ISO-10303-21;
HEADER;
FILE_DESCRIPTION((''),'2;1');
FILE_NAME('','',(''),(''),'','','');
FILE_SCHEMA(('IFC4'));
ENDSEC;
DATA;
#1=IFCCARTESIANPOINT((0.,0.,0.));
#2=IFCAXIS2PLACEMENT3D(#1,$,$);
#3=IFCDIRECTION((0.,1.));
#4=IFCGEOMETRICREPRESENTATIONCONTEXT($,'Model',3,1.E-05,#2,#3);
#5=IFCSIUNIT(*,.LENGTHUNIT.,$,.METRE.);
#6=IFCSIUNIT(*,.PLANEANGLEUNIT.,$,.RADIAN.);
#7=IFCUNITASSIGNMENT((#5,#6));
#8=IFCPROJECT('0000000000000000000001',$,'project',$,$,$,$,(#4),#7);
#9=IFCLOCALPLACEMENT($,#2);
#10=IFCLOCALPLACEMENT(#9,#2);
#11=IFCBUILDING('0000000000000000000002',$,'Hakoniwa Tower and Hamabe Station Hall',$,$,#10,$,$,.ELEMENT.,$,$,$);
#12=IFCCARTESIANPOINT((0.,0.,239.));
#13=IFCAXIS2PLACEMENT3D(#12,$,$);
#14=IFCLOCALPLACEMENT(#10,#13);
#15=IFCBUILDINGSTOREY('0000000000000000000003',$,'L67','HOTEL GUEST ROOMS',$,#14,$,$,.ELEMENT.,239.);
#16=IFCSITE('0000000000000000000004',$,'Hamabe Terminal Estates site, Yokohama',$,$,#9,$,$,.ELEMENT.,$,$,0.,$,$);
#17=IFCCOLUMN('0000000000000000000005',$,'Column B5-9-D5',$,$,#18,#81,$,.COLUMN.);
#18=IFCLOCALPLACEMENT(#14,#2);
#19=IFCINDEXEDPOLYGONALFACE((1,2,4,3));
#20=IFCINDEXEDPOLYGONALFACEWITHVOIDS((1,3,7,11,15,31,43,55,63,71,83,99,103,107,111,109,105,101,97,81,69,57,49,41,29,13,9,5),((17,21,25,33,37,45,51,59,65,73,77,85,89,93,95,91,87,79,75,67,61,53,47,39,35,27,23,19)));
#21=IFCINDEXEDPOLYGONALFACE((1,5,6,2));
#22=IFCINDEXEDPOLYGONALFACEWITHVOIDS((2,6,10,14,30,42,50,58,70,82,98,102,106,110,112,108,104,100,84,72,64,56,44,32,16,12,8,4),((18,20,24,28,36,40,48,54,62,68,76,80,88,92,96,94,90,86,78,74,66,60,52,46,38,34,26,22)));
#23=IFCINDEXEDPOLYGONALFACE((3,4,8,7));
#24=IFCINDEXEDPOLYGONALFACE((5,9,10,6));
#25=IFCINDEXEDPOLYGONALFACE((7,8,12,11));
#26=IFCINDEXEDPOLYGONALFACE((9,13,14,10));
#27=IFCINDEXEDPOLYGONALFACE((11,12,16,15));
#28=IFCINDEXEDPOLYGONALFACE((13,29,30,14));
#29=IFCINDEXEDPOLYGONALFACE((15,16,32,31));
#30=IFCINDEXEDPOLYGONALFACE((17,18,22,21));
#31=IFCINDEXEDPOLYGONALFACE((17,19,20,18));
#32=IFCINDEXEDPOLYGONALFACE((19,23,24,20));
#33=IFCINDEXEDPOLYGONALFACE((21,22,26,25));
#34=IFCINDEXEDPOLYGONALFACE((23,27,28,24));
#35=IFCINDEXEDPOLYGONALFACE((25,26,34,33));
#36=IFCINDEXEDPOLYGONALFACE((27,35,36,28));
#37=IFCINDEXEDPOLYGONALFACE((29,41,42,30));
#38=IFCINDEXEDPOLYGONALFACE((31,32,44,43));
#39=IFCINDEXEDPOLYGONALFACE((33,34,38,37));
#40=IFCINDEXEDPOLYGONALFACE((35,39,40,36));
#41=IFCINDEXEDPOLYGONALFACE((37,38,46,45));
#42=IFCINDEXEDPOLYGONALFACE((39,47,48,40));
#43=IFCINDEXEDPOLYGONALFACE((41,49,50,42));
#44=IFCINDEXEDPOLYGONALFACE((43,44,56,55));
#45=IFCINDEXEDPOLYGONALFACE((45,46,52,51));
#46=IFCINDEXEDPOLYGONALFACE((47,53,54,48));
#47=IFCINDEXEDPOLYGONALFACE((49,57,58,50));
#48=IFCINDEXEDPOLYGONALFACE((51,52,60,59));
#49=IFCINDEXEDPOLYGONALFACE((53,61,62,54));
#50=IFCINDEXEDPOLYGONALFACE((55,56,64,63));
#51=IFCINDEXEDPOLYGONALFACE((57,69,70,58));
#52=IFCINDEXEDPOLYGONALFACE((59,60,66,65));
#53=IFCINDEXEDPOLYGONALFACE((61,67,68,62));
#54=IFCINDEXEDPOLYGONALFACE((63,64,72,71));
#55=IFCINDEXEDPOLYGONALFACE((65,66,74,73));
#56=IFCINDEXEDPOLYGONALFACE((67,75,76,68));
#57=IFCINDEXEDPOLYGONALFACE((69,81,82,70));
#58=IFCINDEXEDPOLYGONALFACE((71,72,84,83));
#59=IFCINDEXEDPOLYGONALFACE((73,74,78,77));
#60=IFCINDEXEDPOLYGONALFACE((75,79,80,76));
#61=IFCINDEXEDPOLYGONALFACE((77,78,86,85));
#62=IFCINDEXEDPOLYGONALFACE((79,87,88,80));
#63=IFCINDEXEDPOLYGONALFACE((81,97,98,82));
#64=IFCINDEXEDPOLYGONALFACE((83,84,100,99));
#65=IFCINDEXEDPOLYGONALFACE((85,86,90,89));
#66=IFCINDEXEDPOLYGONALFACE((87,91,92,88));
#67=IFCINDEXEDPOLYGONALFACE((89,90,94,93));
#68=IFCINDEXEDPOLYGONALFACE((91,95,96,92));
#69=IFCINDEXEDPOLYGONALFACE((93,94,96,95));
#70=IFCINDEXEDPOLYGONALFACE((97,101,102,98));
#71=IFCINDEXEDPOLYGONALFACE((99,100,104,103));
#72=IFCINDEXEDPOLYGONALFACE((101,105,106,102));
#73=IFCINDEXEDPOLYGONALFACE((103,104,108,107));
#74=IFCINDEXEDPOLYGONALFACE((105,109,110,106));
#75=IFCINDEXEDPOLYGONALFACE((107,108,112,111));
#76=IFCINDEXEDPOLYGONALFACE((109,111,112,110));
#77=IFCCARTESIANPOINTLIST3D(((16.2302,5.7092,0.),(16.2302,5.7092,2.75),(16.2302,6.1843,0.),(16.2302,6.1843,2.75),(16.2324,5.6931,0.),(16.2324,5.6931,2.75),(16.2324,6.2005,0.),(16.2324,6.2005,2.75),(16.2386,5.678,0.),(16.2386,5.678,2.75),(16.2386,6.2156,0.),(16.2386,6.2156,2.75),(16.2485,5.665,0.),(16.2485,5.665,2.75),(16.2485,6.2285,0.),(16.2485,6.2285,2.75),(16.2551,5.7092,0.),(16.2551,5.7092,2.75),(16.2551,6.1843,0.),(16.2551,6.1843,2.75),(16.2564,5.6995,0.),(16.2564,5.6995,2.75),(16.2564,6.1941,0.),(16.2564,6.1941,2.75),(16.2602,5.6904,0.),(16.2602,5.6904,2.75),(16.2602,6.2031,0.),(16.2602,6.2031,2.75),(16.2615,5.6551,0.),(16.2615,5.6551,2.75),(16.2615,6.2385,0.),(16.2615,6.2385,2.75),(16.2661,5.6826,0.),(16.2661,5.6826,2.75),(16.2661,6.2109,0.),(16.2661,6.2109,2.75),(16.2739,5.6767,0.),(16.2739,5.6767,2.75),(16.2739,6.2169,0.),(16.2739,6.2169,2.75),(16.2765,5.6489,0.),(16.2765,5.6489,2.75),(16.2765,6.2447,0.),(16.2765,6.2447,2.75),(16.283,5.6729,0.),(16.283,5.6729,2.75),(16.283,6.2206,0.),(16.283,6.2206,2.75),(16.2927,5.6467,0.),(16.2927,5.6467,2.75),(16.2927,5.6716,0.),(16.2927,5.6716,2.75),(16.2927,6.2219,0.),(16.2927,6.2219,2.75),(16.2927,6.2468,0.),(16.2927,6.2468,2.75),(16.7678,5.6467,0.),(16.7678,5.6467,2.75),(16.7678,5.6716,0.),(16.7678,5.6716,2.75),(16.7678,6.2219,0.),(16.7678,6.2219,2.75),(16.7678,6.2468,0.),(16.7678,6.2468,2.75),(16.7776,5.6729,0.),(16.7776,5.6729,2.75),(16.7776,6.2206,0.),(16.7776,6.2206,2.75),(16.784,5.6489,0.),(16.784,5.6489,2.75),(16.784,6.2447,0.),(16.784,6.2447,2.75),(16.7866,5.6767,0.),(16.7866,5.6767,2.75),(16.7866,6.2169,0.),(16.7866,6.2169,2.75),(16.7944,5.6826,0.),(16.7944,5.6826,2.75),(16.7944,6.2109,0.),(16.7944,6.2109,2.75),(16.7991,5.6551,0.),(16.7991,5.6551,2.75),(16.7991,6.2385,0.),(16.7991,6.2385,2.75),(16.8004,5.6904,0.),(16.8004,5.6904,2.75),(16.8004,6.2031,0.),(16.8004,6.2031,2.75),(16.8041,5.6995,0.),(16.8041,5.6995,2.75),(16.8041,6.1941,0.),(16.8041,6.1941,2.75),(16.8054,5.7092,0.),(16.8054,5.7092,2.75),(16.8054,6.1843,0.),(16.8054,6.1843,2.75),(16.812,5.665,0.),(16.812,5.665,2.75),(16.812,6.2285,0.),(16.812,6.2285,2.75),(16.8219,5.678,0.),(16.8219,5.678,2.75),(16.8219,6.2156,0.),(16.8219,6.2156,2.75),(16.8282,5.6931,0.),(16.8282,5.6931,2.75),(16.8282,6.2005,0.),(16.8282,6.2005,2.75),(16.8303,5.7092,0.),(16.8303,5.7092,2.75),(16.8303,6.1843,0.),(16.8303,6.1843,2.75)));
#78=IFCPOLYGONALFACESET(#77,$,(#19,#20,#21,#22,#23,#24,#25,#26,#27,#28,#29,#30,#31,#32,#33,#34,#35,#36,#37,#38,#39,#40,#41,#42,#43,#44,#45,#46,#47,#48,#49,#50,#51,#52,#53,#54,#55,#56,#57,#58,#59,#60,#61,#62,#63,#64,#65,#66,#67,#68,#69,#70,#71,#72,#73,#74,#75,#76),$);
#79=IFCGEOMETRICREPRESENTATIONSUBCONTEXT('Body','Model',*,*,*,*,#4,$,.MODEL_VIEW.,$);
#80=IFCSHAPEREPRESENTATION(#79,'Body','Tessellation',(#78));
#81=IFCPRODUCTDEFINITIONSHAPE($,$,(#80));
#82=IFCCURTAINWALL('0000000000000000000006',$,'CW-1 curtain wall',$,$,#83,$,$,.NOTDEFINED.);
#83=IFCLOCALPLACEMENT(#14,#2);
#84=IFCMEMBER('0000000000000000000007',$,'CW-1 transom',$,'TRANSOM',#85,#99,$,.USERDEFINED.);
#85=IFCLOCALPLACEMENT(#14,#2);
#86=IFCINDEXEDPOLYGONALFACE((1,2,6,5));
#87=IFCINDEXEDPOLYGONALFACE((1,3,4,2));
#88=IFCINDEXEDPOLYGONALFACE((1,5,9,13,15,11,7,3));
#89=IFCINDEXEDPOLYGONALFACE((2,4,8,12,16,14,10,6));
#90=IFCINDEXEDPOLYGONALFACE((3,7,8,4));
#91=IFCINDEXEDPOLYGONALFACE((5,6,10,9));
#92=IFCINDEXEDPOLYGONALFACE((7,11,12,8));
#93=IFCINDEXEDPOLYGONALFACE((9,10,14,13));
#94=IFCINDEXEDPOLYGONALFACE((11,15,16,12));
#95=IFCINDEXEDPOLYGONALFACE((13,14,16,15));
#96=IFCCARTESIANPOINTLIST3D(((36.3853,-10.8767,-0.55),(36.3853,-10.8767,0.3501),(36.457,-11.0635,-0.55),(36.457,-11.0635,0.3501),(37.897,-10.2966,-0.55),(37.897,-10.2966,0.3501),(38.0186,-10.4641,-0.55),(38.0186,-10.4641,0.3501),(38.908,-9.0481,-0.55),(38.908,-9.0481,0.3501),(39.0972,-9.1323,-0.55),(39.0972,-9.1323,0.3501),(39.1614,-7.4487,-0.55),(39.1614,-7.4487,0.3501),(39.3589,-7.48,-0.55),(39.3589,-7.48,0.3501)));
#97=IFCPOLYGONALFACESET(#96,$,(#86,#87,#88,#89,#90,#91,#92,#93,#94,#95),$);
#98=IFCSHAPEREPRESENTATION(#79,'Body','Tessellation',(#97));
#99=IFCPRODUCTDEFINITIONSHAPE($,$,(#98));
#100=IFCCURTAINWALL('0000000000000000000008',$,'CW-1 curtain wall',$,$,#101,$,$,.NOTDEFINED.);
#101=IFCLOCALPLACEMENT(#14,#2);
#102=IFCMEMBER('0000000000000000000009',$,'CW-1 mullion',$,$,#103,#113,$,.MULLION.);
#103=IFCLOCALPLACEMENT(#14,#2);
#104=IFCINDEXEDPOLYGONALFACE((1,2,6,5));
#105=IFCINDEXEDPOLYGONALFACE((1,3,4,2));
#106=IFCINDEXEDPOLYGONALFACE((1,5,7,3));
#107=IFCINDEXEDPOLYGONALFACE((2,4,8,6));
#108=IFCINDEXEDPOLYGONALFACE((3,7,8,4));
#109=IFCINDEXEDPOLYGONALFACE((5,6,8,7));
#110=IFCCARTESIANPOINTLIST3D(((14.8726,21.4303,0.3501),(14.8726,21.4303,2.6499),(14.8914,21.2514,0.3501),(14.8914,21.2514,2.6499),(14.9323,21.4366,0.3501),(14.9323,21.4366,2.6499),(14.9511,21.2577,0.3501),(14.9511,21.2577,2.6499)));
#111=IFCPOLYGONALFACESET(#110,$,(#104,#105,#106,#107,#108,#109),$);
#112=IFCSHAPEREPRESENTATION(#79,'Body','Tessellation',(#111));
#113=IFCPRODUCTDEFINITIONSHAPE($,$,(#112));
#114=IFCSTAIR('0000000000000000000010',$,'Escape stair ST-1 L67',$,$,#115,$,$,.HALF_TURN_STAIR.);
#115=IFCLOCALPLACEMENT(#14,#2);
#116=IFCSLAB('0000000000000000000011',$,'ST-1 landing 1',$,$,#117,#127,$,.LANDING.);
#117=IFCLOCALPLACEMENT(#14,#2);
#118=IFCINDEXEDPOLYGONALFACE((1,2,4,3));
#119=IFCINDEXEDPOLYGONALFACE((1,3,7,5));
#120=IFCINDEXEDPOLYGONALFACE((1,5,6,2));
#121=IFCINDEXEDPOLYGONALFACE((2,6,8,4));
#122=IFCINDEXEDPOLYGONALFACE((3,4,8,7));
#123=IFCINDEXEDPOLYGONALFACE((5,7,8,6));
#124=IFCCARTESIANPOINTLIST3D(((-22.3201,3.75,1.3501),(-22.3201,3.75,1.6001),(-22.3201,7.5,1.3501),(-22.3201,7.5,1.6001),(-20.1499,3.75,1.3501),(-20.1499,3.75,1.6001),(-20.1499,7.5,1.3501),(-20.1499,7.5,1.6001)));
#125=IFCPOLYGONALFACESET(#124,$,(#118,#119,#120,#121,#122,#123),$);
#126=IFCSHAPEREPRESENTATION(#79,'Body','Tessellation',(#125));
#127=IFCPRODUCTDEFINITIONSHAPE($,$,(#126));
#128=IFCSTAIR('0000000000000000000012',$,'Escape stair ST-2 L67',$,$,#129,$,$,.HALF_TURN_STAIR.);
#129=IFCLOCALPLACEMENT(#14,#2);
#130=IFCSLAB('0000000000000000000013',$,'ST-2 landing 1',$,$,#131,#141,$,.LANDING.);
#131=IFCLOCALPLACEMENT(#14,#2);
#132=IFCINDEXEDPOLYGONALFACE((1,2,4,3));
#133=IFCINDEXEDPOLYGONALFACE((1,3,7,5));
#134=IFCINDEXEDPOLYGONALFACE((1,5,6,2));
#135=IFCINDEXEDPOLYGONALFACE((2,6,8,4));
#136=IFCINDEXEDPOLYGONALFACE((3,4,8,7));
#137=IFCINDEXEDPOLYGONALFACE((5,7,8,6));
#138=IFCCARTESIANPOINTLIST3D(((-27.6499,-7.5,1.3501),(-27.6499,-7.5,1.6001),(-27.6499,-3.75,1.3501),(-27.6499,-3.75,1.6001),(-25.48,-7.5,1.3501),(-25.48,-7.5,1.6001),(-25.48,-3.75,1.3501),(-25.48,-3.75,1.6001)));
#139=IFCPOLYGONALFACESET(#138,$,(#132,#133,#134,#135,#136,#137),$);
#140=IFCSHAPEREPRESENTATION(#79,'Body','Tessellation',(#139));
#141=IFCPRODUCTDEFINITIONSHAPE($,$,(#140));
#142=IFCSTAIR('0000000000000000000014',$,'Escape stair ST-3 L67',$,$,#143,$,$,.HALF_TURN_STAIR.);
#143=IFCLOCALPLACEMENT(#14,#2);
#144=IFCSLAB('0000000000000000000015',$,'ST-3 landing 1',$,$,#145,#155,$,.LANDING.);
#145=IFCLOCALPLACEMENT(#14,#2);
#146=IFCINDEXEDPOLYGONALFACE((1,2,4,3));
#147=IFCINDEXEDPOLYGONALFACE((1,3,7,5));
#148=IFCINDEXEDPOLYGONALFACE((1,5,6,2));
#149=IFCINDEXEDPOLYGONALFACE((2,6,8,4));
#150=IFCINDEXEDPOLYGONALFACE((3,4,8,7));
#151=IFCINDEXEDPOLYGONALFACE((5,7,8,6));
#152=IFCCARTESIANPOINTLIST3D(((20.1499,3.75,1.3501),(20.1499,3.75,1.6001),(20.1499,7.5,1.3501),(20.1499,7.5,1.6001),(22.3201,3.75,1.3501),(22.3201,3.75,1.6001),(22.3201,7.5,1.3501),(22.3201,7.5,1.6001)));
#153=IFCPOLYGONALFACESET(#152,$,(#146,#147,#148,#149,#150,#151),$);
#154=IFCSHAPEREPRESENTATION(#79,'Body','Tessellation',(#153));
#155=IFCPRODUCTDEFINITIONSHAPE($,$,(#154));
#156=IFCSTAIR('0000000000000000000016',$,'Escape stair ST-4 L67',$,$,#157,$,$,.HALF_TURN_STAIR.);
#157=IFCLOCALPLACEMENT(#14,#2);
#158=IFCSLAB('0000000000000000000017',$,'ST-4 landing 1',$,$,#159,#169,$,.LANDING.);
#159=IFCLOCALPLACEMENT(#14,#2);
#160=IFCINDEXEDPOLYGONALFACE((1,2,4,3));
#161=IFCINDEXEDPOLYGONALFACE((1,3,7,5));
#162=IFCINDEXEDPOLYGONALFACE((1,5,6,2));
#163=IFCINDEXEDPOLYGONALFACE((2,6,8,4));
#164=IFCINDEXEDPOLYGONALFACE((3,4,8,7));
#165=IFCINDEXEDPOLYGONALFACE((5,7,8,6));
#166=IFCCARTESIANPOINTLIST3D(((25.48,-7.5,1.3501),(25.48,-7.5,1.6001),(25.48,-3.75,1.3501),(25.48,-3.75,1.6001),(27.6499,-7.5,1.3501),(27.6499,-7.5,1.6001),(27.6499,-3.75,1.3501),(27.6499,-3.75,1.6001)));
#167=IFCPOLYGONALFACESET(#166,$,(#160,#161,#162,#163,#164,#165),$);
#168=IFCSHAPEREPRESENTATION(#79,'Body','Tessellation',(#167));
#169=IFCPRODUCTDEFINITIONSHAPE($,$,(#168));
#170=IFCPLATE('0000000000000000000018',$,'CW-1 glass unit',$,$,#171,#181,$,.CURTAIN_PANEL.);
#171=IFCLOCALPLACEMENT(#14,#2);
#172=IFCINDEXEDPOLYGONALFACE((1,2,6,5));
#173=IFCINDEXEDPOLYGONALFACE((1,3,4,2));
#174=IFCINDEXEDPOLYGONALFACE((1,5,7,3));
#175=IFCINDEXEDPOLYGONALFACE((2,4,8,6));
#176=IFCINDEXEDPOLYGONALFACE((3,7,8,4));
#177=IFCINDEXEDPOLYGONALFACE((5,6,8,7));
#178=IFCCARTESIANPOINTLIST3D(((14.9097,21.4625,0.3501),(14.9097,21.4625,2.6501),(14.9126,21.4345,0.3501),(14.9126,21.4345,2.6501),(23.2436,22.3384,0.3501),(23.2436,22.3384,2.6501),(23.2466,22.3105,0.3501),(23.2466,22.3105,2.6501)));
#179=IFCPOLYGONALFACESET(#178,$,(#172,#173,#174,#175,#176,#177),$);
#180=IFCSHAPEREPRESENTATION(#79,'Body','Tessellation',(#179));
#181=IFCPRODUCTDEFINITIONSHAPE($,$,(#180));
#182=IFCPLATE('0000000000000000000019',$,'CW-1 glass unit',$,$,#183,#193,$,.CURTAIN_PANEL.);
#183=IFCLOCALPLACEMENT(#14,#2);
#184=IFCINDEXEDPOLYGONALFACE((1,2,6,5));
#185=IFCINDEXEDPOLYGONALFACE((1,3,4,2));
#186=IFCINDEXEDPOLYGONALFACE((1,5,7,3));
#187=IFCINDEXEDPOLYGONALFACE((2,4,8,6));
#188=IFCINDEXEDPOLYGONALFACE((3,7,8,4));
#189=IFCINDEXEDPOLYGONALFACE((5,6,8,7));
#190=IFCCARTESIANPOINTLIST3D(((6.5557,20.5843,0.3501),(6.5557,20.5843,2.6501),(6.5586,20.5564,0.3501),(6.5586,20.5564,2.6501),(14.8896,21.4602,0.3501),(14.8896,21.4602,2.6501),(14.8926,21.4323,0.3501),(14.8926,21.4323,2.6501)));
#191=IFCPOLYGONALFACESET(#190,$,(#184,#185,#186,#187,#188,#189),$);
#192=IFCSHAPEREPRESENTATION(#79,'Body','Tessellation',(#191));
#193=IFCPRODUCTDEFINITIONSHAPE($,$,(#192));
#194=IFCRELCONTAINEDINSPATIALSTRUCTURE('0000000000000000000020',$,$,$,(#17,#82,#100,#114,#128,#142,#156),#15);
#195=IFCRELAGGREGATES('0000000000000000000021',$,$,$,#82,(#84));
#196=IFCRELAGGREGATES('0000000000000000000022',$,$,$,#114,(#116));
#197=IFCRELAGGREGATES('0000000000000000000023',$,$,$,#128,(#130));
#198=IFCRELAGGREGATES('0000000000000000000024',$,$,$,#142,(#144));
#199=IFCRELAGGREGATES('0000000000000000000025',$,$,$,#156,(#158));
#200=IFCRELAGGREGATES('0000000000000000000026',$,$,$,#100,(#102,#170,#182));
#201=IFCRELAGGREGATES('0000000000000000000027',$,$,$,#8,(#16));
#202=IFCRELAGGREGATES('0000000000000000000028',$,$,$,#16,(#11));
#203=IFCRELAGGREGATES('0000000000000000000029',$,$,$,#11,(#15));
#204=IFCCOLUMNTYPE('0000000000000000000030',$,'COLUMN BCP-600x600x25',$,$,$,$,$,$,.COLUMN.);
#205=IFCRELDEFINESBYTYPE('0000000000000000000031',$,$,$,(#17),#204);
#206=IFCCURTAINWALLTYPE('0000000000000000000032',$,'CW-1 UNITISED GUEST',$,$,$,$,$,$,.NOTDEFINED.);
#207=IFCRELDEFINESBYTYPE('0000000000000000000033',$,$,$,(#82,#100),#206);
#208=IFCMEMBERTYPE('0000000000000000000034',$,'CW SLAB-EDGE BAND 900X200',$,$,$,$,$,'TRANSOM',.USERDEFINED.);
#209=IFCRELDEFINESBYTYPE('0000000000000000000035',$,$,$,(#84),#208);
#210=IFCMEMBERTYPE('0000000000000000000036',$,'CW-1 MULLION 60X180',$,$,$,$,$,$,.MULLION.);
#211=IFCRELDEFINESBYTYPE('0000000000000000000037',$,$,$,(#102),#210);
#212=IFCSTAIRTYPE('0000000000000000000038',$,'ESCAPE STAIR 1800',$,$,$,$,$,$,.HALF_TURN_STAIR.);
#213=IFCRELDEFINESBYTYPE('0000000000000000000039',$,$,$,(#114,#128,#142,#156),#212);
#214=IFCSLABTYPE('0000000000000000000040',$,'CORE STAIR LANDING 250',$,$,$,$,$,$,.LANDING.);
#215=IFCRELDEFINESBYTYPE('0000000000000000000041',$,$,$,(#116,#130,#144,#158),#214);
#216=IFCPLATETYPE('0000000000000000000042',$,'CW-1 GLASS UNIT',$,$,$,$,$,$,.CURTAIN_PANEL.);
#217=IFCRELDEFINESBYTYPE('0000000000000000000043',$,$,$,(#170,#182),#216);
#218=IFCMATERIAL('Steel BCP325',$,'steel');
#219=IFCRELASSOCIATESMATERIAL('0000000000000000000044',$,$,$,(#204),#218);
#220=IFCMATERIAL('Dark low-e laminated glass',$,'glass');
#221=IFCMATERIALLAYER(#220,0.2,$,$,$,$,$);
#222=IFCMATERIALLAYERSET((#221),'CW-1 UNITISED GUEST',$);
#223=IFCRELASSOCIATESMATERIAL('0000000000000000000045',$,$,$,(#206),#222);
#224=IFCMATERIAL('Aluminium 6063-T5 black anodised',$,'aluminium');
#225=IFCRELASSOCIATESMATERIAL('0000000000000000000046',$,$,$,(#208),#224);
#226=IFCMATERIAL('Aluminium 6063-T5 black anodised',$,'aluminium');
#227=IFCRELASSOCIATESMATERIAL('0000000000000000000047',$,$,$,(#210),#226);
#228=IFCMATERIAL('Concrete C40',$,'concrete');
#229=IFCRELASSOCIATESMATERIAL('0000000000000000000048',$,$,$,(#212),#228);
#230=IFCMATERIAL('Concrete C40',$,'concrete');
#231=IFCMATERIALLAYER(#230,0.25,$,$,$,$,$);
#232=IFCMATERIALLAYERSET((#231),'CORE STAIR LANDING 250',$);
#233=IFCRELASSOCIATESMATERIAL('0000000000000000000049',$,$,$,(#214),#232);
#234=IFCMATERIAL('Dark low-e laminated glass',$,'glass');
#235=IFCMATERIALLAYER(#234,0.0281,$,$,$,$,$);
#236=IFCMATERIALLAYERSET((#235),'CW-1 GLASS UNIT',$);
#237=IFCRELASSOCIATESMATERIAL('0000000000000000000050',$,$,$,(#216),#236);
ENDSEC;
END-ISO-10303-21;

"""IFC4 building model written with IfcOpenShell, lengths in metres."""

from ifc_helpers import new_model, si_unit, direction, frame, origin, origin_2d, place, context, subcontext, project, spatial, polyline, rectangle, hollow_rectangle, outline, extrude, material, layer, layer_set, material_profile, profile_set, type_object, element, aggregate, save


model = new_model("IFC4")

# Units and contexts
model_context = context("Model", 3, precision=1e-05, world=origin(), true_north=direction((0.0, 1.0)))
body_context = subcontext(model_context, "Body", "Model", "MODEL_VIEW")
ifc_project = project(units=[si_unit("LENGTHUNIT", "METRE"), si_unit("PLANEANGLEUNIT", "RADIAN")], contexts=[model_context])

# Site, building, storey
site_placement = place(None, origin())
site = spatial("IfcSite", under=ifc_project, at=site_placement, Name="Hamabe Terminal Estates site, Yokohama", CompositionType="ELEMENT", RefElevation=0.0)
building_placement = place(site_placement, origin())
building = spatial("IfcBuilding", under=site, at=building_placement, Name="Hakoniwa Tower and Hamabe Station Hall", CompositionType="ELEMENT")
storey_placement = place(building_placement, frame((0.0, 0.0, 239.0)))
storey = spatial("IfcBuildingStorey", under=building, at=storey_placement, Name="L67", Description="HOTEL GUEST ROOMS", CompositionType="ELEMENT", Elevation=239.0)

# Column
ifc_material_1 = material(Name="Steel BCP325", Category="steel")
ifc_material_profile_1 = material_profile(ifc_material_1, hollow_rectangle(XDim=0.6001, YDim=0.6001, WallThickness=0.0249, InnerFilletRadius=0.0376, OuterFilletRadius=0.0625, at=origin_2d()), Name="BCP-600x600x25")
ifc_profile_set_1 = profile_set([ifc_material_profile_1], Name="Steel BCP325")
column_type_1 = type_object("IfcColumnType", Name="COLUMN BCP-600x600x25", PredefinedType="COLUMN", material=ifc_profile_set_1)
for number, where, z_axis, x_axis, name in (
    (1, (16.5303, 5.9468, 0.0), (0.0, 0.0, 1.0), (1.0, 0.0, 0.0), "Column B5-9-D5"),
):
    element("IfcColumn", number, at=place(storey_placement, frame(where, z_axis=z_axis, x_axis=x_axis)), inside=storey, type_object=column_type_1, Name=name, PredefinedType="COLUMN", context=body_context, shape_type="SweptSolid", body=[
        extrude(hollow_rectangle(XDim=0.6001, YDim=0.6001, WallThickness=0.0249, InnerFilletRadius=0.0376, OuterFilletRadius=0.0625, at=origin_2d()), origin(), (0.0, 0.0, 1.0), 2.75),
    ])

# Curtain walls, members
ifc_material_2 = material(Name="Dark low-e laminated glass", Category="glass")
ifc_layer_1 = layer(ifc_material_2, 0.2)
ifc_layer_set_1 = layer_set([ifc_layer_1], Name="CW-1 UNITISED GUEST")
curtain_wall_type = type_object("IfcCurtainWallType", Name="CW-1 UNITISED GUEST", PredefinedType="NOTDEFINED", material=ifc_layer_set_1)
curtain_wall_1_placement = place(storey_placement, origin())
curtain_wall_1 = element("IfcCurtainWall", 2, at=curtain_wall_1_placement, inside=storey, type_object=curtain_wall_type, Name="CW-1 curtain wall", PredefinedType="NOTDEFINED")
ifc_material_3 = material(Name="Aluminium 6063-T5 black anodised", Category="aluminium")
ifc_material_profile_2 = material_profile(ifc_material_3, rectangle(XDim=0.2, YDim=0.8999, at=origin_2d()), Name="CW SLAB-EDGE BAND 900X200")
ifc_profile_set_2 = profile_set([ifc_material_profile_2], Name="Aluminium 6063-T5 black anodised")
member_type_1 = type_object("IfcMemberType", Name="CW SLAB-EDGE BAND 900X200", ElementType="TRANSOM", PredefinedType="USERDEFINED", material=ifc_profile_set_2)
member_1_placement = place(storey_placement, frame((0.0, 0.0, -0.55)))
member_1 = element("IfcMember", 3, at=member_1_placement, type_object=member_type_1, Name="CW-1 transom", ObjectType="TRANSOM", PredefinedType="USERDEFINED", context=body_context, shape_type="SweptSolid", body=[
    extrude(outline(polyline([(36.457, -11.0635), (38.0186, -10.4641), (39.0972, -9.1323), (39.3589, -7.48), (39.1614, -7.4487), (38.908, -9.0481), (37.897, -10.2966), (36.3853, -10.8767), (36.457, -11.0635)])), origin(), (0.0, 0.0, 1.0), 0.9001),
])
aggregate(curtain_wall_1, [member_1])
curtain_wall_2_placement = place(storey_placement, origin())
curtain_wall_2 = element("IfcCurtainWall", 4, at=curtain_wall_2_placement, inside=storey, type_object=curtain_wall_type, Name="CW-1 curtain wall", PredefinedType="NOTDEFINED")
ifc_material_4 = material(Name="Aluminium 6063-T5 black anodised", Category="aluminium")
ifc_material_profile_3 = material_profile(ifc_material_4, rectangle(XDim=0.0601, YDim=0.1799, at=origin_2d()), Name="CW-1 MULLION 60X180")
ifc_profile_set_3 = profile_set([ifc_material_profile_3], Name="Aluminium 6063-T5 black anodised")
member_type_2 = type_object("IfcMemberType", Name="CW-1 MULLION 60X180", PredefinedType="MULLION", material=ifc_profile_set_3)
member_2_placement = place(storey_placement, frame((14.9119, 21.344, 0.3501), z_axis=(0.0, 0.0, 1.0), x_axis=(-0.994522, -0.104528, 0.0)))
member_2 = element("IfcMember", 5, at=member_2_placement, type_object=member_type_2, Name="CW-1 mullion", PredefinedType="MULLION", context=body_context, shape_type="SweptSolid", body=[
    extrude(rectangle(XDim=0.0601, YDim=0.1799, at=origin_2d()), origin(), (0.0, 0.0, 1.0), 2.2998),
])

# Stairs, slabs
ifc_material_5 = material(Name="Concrete C40", Category="concrete")
stair_type = type_object("IfcStairType", Name="ESCAPE STAIR 1800", PredefinedType="HALF_TURN_STAIR", material=ifc_material_5)
stair_1_placement = place(storey_placement, origin())
stair_1 = element("IfcStair", 6, at=stair_1_placement, inside=storey, type_object=stair_type, Name="Escape stair ST-1 L67", PredefinedType="HALF_TURN_STAIR")
ifc_material_6 = material(Name="Concrete C40", Category="concrete")
ifc_layer_2 = layer(ifc_material_6, 0.25)
ifc_layer_set_2 = layer_set([ifc_layer_2], Name="CORE STAIR LANDING 250")
slab_type = type_object("IfcSlabType", Name="CORE STAIR LANDING 250", PredefinedType="LANDING", material=ifc_layer_set_2)
slab_1_placement = place(storey_placement, frame((0.0, 0.0, 1.3501)))
slab_1 = element("IfcSlab", 7, at=slab_1_placement, type_object=slab_type, Name="ST-1 landing 1", PredefinedType="LANDING", context=body_context, shape_type="SweptSolid", body=[
    extrude(outline(polyline([(-22.3201, 3.75), (-20.1499, 3.75), (-20.1499, 7.5), (-22.3201, 7.5), (-22.3201, 3.75)])), origin(), (0.0, 0.0, 1.0), 0.25),
])
aggregate(stair_1, [slab_1])
stair_2_placement = place(storey_placement, origin())
stair_2 = element("IfcStair", 8, at=stair_2_placement, inside=storey, type_object=stair_type, Name="Escape stair ST-2 L67", PredefinedType="HALF_TURN_STAIR")
slab_2_placement = place(storey_placement, frame((0.0, 0.0, 1.3501)))
slab_2 = element("IfcSlab", 9, at=slab_2_placement, type_object=slab_type, Name="ST-2 landing 1", PredefinedType="LANDING", context=body_context, shape_type="SweptSolid", body=[
    extrude(outline(polyline([(-25.48, -7.5), (-27.6499, -7.5), (-27.6499, -3.75), (-25.48, -3.75), (-25.48, -7.5)])), origin(), (0.0, 0.0, 1.0), 0.25),
])
aggregate(stair_2, [slab_2])
stair_3_placement = place(storey_placement, origin())
stair_3 = element("IfcStair", 10, at=stair_3_placement, inside=storey, type_object=stair_type, Name="Escape stair ST-3 L67", PredefinedType="HALF_TURN_STAIR")
slab_3_placement = place(storey_placement, frame((0.0, 0.0, 1.3501)))
slab_3 = element("IfcSlab", 11, at=slab_3_placement, type_object=slab_type, Name="ST-3 landing 1", PredefinedType="LANDING", context=body_context, shape_type="SweptSolid", body=[
    extrude(outline(polyline([(22.3201, 3.75), (20.1499, 3.75), (20.1499, 7.5), (22.3201, 7.5), (22.3201, 3.75)])), origin(), (0.0, 0.0, 1.0), 0.25),
])
aggregate(stair_3, [slab_3])
stair_4_placement = place(storey_placement, origin())
stair_4 = element("IfcStair", 12, at=stair_4_placement, inside=storey, type_object=stair_type, Name="Escape stair ST-4 L67", PredefinedType="HALF_TURN_STAIR")
slab_4_placement = place(storey_placement, frame((0.0, 0.0, 1.3501)))
slab_4 = element("IfcSlab", 13, at=slab_4_placement, type_object=slab_type, Name="ST-4 landing 1", PredefinedType="LANDING", context=body_context, shape_type="SweptSolid", body=[
    extrude(outline(polyline([(25.48, -7.5), (27.6499, -7.5), (27.6499, -3.75), (25.48, -3.75), (25.48, -7.5)])), origin(), (0.0, 0.0, 1.0), 0.25),
])
aggregate(stair_4, [slab_4])

# Plates
ifc_material_7 = material(Name="Dark low-e laminated glass", Category="glass")
ifc_layer_3 = layer(ifc_material_7, 0.0281)
ifc_layer_set_3 = layer_set([ifc_layer_3], Name="CW-1 GLASS UNIT")
plate_type = type_object("IfcPlateType", Name="CW-1 GLASS UNIT", PredefinedType="CURTAIN_PANEL", material=ifc_layer_set_3)
plate_1_placement = place(storey_placement, frame((19.0781, 21.8865, 0.3501), z_axis=(0.0, 0.0, 1.0), x_axis=(-0.994522, -0.104528, 0.0)))
plate_1 = element("IfcPlate", 14, at=plate_1_placement, type_object=plate_type, Name="CW-1 glass unit", PredefinedType="CURTAIN_PANEL", context=body_context, shape_type="SweptSolid", body=[
    extrude(rectangle(XDim=8.3799, YDim=0.0281, at=origin_2d()), origin(), (0.0, 0.0, 1.0), 2.3),
])
plate_2_placement = place(storey_placement, frame((10.7241, 21.0083, 0.3501), z_axis=(0.0, 0.0, 1.0), x_axis=(-0.994522, -0.104528, 0.0)))
plate_2 = element("IfcPlate", 15, at=plate_2_placement, type_object=plate_type, Name="CW-1 glass unit", PredefinedType="CURTAIN_PANEL", context=body_context, shape_type="SweptSolid", body=[
    extrude(rectangle(XDim=8.3799, YDim=0.0281, at=origin_2d()), origin(), (0.0, 0.0, 1.0), 2.3),
])
aggregate(curtain_wall_2, [member_2, plate_1, plate_2])

save(model, "model.ifc")
